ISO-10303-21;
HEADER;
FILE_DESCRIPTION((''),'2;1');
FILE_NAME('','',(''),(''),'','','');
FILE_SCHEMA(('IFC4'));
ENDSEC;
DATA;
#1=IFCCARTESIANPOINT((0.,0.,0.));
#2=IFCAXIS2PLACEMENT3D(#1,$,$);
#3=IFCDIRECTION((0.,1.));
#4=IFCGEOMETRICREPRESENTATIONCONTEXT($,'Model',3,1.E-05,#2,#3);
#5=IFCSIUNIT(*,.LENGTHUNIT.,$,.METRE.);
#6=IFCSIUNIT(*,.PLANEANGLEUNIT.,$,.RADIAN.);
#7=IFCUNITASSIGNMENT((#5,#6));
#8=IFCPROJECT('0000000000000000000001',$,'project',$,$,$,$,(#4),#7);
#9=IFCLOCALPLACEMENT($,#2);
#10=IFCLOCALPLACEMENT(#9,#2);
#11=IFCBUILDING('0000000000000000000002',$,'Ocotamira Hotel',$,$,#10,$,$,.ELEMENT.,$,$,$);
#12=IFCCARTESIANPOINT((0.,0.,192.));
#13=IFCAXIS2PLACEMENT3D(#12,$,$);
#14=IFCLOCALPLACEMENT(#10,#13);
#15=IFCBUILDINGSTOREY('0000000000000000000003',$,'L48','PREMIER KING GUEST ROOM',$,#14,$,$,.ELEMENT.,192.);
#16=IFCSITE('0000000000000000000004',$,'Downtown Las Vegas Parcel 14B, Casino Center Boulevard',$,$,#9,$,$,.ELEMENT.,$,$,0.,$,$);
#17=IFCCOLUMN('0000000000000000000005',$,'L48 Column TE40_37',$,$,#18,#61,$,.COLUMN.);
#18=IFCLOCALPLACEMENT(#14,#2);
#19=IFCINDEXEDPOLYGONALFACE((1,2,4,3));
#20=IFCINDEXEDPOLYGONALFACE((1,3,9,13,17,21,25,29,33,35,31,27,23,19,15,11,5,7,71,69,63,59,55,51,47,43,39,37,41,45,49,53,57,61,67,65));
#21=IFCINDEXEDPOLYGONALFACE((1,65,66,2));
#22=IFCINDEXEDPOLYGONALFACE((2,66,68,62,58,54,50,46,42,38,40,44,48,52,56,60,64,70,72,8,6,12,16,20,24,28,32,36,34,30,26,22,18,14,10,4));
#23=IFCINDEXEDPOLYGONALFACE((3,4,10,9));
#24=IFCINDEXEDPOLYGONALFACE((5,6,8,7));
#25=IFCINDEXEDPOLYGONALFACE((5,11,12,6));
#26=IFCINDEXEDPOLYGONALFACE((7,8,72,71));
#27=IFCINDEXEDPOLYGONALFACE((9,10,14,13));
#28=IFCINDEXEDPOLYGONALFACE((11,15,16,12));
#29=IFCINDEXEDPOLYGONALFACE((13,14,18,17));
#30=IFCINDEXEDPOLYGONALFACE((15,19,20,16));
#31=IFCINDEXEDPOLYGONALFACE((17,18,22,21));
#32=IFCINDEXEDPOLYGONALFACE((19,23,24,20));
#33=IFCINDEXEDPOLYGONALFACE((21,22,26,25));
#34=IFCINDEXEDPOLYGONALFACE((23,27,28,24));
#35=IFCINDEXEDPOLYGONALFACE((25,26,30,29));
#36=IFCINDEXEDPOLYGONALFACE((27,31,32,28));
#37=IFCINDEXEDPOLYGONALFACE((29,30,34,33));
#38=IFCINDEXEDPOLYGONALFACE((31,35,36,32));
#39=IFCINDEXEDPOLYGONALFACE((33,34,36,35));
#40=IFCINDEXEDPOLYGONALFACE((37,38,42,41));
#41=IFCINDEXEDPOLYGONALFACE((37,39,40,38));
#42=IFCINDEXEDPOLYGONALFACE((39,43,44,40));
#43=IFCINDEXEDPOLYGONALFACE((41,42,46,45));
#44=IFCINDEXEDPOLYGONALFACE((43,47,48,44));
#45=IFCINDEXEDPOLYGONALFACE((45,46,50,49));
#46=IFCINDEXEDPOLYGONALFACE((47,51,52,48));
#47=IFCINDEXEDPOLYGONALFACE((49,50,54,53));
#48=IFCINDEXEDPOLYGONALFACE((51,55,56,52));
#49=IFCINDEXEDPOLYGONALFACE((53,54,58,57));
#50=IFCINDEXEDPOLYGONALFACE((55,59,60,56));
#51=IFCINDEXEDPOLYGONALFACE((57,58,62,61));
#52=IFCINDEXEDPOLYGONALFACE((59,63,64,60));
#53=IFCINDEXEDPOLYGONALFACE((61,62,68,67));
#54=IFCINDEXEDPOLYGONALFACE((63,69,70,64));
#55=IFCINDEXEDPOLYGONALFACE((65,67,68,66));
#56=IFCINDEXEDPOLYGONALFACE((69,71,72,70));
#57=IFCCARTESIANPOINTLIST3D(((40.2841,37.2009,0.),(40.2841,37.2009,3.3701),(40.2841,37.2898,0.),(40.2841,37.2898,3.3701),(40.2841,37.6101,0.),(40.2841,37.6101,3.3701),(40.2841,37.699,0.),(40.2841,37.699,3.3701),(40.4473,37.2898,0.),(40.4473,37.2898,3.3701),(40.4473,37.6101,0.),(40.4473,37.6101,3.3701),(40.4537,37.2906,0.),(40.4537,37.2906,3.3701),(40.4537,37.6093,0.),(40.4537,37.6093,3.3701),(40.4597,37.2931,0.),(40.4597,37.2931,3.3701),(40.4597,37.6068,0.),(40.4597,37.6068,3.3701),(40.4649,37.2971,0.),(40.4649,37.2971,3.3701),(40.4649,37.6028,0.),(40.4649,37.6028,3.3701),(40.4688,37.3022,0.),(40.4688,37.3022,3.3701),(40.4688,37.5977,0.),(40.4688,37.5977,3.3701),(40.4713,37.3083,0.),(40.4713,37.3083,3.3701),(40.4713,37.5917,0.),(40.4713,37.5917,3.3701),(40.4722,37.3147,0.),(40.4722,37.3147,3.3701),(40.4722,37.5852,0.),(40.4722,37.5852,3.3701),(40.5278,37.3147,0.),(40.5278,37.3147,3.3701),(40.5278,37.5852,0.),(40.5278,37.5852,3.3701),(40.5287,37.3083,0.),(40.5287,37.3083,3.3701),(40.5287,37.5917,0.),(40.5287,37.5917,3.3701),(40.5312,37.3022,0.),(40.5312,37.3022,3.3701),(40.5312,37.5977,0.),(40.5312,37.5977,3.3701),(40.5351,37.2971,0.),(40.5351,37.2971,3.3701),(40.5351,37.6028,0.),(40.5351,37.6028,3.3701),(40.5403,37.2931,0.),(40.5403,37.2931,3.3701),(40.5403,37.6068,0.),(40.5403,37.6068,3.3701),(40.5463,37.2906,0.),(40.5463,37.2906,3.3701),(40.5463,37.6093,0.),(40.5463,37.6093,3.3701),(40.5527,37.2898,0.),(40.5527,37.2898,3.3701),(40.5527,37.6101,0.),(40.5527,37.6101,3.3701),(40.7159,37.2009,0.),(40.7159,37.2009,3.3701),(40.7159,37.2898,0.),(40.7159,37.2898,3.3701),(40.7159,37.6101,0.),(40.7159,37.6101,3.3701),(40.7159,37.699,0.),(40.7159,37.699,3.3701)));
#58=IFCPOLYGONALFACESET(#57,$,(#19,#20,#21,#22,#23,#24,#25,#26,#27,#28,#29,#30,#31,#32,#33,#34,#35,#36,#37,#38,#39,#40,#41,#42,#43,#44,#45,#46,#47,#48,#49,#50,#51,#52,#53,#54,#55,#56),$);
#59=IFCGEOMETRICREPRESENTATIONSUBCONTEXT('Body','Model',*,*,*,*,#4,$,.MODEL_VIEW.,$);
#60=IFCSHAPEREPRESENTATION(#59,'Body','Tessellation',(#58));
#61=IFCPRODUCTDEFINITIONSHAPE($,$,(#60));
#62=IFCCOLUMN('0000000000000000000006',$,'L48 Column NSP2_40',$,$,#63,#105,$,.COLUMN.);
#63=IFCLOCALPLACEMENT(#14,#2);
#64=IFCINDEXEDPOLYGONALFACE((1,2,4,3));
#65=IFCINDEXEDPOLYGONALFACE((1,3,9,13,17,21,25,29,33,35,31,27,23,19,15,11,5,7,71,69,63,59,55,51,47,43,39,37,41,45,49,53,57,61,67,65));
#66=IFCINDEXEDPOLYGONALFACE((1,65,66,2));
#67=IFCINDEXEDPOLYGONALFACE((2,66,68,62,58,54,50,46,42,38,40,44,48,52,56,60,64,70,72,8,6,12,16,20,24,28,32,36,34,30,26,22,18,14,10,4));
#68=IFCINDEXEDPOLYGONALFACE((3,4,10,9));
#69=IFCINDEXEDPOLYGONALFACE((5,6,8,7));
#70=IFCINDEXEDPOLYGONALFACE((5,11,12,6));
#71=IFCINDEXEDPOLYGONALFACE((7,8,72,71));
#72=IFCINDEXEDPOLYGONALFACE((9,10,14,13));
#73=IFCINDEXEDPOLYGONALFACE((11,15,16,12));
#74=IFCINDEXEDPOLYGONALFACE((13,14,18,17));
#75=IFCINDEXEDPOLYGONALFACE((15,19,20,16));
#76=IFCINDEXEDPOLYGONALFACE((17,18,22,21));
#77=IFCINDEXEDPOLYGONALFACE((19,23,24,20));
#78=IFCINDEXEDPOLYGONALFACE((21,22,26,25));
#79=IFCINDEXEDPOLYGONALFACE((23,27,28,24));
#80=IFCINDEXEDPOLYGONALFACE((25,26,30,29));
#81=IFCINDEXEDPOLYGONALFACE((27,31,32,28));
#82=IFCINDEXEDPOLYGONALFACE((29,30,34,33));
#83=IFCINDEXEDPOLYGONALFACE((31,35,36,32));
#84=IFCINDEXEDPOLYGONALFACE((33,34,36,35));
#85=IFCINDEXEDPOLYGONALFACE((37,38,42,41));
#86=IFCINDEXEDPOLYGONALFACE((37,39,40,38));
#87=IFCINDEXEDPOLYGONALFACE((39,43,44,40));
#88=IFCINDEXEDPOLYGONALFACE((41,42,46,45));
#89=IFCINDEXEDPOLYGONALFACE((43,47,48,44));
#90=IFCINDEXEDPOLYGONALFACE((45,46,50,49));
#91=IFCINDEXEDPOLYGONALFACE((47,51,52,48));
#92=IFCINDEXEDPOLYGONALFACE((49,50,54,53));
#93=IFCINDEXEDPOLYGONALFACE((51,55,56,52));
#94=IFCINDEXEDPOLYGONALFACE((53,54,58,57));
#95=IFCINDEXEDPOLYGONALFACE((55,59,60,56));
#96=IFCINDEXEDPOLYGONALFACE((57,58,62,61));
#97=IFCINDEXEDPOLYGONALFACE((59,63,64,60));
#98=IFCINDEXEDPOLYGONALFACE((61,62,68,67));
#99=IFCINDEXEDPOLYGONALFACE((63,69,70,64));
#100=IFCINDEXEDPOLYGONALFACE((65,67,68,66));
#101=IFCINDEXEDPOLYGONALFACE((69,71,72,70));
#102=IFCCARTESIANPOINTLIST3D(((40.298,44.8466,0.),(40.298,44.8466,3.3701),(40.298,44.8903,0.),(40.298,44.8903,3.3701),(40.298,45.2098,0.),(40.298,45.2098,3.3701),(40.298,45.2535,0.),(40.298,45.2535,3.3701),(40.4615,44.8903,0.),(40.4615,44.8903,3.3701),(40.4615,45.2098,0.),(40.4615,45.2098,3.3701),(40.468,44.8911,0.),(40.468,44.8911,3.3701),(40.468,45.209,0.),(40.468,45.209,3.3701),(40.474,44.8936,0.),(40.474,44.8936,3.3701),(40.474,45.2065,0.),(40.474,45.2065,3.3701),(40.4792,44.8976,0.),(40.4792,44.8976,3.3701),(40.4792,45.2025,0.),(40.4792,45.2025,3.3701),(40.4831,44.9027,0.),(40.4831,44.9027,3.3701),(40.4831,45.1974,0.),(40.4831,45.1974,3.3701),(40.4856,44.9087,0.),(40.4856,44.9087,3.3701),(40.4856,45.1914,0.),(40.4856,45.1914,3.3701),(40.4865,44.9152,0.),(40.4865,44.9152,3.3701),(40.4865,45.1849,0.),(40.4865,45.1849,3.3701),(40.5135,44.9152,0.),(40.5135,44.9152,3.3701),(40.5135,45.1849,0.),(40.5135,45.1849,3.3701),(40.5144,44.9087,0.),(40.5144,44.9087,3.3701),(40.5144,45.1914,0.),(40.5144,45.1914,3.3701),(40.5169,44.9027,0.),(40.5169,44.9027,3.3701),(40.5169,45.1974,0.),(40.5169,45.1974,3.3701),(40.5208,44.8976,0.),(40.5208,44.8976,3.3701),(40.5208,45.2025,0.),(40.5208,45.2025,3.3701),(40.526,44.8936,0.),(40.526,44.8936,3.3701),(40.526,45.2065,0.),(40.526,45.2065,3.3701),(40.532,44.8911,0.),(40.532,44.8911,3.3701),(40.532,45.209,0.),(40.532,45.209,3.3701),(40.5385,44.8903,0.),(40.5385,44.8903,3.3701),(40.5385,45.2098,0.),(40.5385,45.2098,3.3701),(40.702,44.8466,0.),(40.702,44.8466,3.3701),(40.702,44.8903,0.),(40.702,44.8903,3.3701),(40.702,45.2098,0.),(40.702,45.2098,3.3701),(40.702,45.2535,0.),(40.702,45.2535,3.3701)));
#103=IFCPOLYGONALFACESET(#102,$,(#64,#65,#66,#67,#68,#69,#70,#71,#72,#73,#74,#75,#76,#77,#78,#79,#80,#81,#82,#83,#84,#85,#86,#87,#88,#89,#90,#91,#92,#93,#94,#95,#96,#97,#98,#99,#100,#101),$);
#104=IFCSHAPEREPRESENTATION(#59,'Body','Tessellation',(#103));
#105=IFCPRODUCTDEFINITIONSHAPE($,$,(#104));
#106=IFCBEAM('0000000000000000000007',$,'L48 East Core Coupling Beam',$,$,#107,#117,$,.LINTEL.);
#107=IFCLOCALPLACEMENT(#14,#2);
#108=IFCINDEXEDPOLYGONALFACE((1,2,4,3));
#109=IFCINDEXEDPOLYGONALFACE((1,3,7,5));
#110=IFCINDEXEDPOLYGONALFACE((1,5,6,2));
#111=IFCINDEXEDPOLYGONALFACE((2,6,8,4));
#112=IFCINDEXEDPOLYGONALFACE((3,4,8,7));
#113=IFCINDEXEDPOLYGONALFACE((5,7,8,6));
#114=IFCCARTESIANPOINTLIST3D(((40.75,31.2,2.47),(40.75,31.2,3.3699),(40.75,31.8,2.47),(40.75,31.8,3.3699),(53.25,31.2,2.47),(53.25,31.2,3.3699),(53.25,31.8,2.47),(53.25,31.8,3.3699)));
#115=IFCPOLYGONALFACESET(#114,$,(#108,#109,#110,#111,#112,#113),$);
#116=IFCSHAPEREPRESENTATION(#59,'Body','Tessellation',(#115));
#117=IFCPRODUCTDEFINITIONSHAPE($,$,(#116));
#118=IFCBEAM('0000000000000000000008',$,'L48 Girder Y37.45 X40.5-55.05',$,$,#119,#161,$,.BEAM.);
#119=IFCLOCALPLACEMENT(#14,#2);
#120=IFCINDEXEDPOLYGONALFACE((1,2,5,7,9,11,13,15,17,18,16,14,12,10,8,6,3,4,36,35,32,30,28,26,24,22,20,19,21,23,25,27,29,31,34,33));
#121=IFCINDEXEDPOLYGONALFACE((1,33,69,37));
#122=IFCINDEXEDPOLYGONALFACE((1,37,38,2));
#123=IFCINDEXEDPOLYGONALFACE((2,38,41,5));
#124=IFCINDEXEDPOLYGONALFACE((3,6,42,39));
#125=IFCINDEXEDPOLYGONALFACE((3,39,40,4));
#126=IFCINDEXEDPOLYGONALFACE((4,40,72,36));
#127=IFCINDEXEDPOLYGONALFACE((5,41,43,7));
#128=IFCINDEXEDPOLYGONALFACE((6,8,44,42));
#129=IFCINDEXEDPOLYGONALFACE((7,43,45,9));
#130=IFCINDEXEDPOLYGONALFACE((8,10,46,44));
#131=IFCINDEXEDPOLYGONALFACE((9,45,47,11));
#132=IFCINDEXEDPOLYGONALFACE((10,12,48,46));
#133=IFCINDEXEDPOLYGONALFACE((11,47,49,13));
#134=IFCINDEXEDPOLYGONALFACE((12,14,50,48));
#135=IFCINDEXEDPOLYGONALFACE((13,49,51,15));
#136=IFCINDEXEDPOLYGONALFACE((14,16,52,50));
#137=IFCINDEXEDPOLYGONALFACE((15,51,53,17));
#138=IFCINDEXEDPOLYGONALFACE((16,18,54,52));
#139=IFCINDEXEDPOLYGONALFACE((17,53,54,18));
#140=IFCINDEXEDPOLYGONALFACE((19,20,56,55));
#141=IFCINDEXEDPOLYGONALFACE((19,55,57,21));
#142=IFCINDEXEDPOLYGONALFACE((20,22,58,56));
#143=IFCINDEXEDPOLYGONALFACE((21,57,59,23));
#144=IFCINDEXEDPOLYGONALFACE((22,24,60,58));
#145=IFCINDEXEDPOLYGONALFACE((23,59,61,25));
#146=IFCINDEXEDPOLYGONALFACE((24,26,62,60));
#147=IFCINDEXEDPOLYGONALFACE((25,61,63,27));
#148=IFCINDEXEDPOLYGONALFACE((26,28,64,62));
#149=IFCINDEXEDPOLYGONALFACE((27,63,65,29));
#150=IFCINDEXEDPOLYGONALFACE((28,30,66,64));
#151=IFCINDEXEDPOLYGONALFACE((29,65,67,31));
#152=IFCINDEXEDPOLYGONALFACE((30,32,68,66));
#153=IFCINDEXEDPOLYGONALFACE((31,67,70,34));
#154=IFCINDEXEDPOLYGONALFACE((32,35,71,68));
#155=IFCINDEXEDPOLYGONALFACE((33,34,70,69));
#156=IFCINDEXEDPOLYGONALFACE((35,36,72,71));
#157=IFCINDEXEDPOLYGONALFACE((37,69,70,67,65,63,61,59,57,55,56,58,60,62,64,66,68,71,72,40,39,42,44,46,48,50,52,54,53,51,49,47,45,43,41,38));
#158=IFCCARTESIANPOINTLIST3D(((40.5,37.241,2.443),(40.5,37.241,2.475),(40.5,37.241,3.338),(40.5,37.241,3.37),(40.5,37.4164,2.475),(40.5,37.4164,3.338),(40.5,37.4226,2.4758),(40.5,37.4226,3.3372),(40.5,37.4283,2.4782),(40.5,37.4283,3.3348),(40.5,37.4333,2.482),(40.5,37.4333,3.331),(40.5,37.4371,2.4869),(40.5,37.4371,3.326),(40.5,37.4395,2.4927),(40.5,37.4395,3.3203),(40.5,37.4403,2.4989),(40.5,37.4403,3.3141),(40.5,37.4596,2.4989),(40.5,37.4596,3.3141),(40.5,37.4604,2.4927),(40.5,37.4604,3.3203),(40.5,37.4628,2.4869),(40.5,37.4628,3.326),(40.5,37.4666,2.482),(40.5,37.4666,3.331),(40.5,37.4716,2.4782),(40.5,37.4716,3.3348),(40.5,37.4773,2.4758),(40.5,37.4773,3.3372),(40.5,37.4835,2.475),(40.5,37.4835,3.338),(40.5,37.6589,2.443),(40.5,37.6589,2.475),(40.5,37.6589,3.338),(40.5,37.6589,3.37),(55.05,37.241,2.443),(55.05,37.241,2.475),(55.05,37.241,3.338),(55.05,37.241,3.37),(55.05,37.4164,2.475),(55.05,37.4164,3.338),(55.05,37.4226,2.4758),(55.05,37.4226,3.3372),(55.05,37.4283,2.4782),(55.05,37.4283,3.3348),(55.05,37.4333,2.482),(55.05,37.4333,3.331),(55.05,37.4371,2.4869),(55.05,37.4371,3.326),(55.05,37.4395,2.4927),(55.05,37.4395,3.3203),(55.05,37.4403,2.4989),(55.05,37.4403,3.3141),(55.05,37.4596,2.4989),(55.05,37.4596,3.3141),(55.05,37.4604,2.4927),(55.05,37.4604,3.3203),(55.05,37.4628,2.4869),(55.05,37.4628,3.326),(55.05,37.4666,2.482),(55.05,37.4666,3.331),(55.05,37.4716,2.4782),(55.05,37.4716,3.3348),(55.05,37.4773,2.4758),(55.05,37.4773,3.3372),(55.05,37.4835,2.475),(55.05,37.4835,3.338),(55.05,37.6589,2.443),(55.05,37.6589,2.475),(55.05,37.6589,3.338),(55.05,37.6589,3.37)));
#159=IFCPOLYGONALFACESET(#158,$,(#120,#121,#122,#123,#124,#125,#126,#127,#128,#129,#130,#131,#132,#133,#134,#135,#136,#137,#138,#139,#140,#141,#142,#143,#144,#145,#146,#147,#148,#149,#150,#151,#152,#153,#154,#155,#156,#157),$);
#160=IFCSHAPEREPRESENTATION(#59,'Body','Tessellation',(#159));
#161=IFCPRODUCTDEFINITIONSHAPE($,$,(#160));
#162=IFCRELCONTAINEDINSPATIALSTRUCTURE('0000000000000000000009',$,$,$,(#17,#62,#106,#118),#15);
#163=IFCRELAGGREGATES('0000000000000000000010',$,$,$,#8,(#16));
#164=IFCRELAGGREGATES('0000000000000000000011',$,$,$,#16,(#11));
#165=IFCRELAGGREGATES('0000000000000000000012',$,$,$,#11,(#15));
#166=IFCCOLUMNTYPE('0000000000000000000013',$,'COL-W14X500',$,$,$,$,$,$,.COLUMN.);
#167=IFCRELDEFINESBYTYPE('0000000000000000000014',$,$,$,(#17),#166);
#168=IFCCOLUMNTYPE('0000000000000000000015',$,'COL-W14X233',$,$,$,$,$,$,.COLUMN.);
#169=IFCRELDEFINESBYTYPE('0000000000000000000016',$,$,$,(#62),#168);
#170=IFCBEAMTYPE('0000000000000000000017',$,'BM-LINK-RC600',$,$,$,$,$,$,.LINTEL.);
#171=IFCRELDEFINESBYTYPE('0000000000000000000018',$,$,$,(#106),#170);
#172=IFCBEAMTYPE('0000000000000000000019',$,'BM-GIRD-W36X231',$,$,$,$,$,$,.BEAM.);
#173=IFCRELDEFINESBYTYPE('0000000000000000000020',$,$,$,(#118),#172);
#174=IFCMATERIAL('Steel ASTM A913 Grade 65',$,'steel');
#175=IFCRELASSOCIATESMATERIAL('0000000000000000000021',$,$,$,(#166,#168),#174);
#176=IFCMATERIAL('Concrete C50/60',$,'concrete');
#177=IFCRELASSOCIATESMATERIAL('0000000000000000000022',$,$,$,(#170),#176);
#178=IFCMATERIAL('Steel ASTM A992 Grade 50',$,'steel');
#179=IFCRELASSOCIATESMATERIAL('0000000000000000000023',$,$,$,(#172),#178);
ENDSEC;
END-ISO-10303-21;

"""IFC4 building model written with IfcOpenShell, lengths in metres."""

from ifc_helpers import new_model, si_unit, direction, frame, origin, origin_2d, place, context, subcontext, project, spatial, rectangle, i_section, extrude, source, transform, mapped, material, material_profile, profile_set, type_object, element, save


model = new_model("IFC4")

# Units and contexts
model_context = context("Model", 3, precision=1e-05, world=origin(), true_north=direction((0.0, 1.0)))
body_context = subcontext(model_context, "Body", "Model", "MODEL_VIEW")
ifc_project = project(units=[si_unit("LENGTHUNIT", "METRE"), si_unit("PLANEANGLEUNIT", "RADIAN")], contexts=[model_context])

# Site, building, storey
site_placement = place(None, origin())
site = spatial("IfcSite", under=ifc_project, at=site_placement, Name="Downtown Las Vegas Parcel 14B, Casino Center Boulevard", CompositionType="ELEMENT", RefElevation=0.0)
building_placement = place(site_placement, origin())
building = spatial("IfcBuilding", under=site, at=building_placement, Name="Ocotamira Hotel", CompositionType="ELEMENT")
storey_placement = place(building_placement, frame((0.0, 0.0, 192.0)))
storey = spatial("IfcBuildingStorey", under=building, at=storey_placement, Name="L48", Description="PREMIER KING GUEST ROOM", CompositionType="ELEMENT", Elevation=192.0)

# Columns
ifc_material_1 = material(Name="Steel ASTM A913 Grade 65", Category="steel")
ifc_material_profile_1 = material_profile(ifc_material_1, i_section(OverallWidth=0.4319, OverallDepth=0.498, WebThickness=0.0557, FlangeThickness=0.0889, FilletRadius=0.0249, at=origin_2d()), Name="W14X500")
ifc_profile_set_1 = profile_set([ifc_material_profile_1], Name="Steel ASTM A913 Grade 65")
column_type_1 = type_object("IfcColumnType", Name="COL-W14X500", PredefinedType="COLUMN", material=ifc_profile_set_1)
shared_shape_1 = source(origin(), body_context, "Body", "SweptSolid", [
    extrude(i_section(OverallWidth=0.4319, OverallDepth=0.498, WebThickness=0.0557, FlangeThickness=0.0889, FilletRadius=0.0249, at=origin_2d()), origin(), (0.0, 0.0, 1.0), 3.3701),
])
column_1_placement = place(storey_placement, frame((40.5, 37.45, 0.0), z_axis=(0.0, 0.0, 1.0), x_axis=(1.0, 0.0, 0.0)))
element("IfcColumn", 1, at=column_1_placement, inside=storey, type_object=column_type_1, Name="L48 Column TE40_37", PredefinedType="COLUMN", context=body_context, shape_type="MappedRepresentation", body=[
    mapped(shared_shape_1, transform((0.0, 0.0, 0.0), scale=1.0)),
])
ifc_material_profile_2 = material_profile(ifc_material_1, i_section(OverallWidth=0.4041, OverallDepth=0.407, WebThickness=0.0271, FlangeThickness=0.0437, FilletRadius=0.0249, at=origin_2d()), Name="W14X233")
ifc_profile_set_2 = profile_set([ifc_material_profile_2], Name="Steel ASTM A913 Grade 65")
column_type_2 = type_object("IfcColumnType", Name="COL-W14X233", PredefinedType="COLUMN", material=ifc_profile_set_2)
shared_shape_2 = source(origin(), body_context, "Body", "SweptSolid", [
    extrude(i_section(OverallWidth=0.4041, OverallDepth=0.407, WebThickness=0.0271, FlangeThickness=0.0437, FilletRadius=0.0249, at=origin_2d()), origin(), (0.0, 0.0, 1.0), 3.3701),
])
column_2_placement = place(storey_placement, frame((40.5, 45.05, 0.0), z_axis=(0.0, 0.0, 1.0), x_axis=(1.0, 0.0, 0.0)))
element("IfcColumn", 2, at=column_2_placement, inside=storey, type_object=column_type_2, Name="L48 Column NSP2_40", PredefinedType="COLUMN", context=body_context, shape_type="MappedRepresentation", body=[
    mapped(shared_shape_2, transform((0.0, 0.0, 0.0), scale=1.0)),
])

# Beams
ifc_material_2 = material(Name="Concrete C50/60", Category="concrete")
ifc_material_profile_3 = material_profile(ifc_material_2, rectangle(XDim=0.6001, YDim=0.8999, at=origin_2d()), Name="RC600X900")
ifc_profile_set_3 = profile_set([ifc_material_profile_3], Name="Concrete C50/60")
beam_type_1 = type_object("IfcBeamType", Name="BM-LINK-RC600", PredefinedType="LINTEL", material=ifc_profile_set_3)
shared_shape_3 = source(origin(), body_context, "Body", "SweptSolid", [
    extrude(rectangle(XDim=0.6001, YDim=0.8999, at=origin_2d()), origin(), (0.0, 0.0, 1.0), 12.5),
])
beam_1_placement = place(storey_placement, frame((40.75, 31.5, 2.9199), z_axis=(1.0, 0.0, 0.0), x_axis=(0.0, 1.0, 0.0)))
element("IfcBeam", 3, at=beam_1_placement, inside=storey, type_object=beam_type_1, Name="L48 East Core Coupling Beam", PredefinedType="LINTEL", context=body_context, shape_type="MappedRepresentation", body=[
    mapped(shared_shape_3, transform((0.0, 0.0, 0.0), scale=1.0)),
])
ifc_material_3 = material(Name="Steel ASTM A992 Grade 50", Category="steel")
ifc_material_profile_4 = material_profile(ifc_material_3, i_section(OverallWidth=0.418, OverallDepth=0.927, WebThickness=0.0193, FlangeThickness=0.032, FilletRadius=0.0239, at=origin_2d()), Name="W36X231")
ifc_profile_set_4 = profile_set([ifc_material_profile_4], Name="Steel ASTM A992 Grade 50")
beam_type_2 = type_object("IfcBeamType", Name="BM-GIRD-W36X231", PredefinedType="BEAM", material=ifc_profile_set_4)
shared_shape_4 = source(origin(), body_context, "Body", "SweptSolid", [
    extrude(i_section(OverallWidth=0.418, OverallDepth=0.927, WebThickness=0.0193, FlangeThickness=0.032, FilletRadius=0.0239, at=origin_2d()), origin(), (0.0, 0.0, 1.0), 14.55),
])
beam_2_placement = place(storey_placement, frame((40.5, 37.45, 2.9065), z_axis=(1.0, 0.0, 0.0), x_axis=(0.0, 1.0, 0.0)))
element("IfcBeam", 4, at=beam_2_placement, inside=storey, type_object=beam_type_2, Name="L48 Girder Y37.45 X40.5-55.05", PredefinedType="BEAM", context=body_context, shape_type="MappedRepresentation", body=[
    mapped(shared_shape_4, transform((0.0, 0.0, 0.0), scale=1.0)),
])

save(model, "model.ifc")
